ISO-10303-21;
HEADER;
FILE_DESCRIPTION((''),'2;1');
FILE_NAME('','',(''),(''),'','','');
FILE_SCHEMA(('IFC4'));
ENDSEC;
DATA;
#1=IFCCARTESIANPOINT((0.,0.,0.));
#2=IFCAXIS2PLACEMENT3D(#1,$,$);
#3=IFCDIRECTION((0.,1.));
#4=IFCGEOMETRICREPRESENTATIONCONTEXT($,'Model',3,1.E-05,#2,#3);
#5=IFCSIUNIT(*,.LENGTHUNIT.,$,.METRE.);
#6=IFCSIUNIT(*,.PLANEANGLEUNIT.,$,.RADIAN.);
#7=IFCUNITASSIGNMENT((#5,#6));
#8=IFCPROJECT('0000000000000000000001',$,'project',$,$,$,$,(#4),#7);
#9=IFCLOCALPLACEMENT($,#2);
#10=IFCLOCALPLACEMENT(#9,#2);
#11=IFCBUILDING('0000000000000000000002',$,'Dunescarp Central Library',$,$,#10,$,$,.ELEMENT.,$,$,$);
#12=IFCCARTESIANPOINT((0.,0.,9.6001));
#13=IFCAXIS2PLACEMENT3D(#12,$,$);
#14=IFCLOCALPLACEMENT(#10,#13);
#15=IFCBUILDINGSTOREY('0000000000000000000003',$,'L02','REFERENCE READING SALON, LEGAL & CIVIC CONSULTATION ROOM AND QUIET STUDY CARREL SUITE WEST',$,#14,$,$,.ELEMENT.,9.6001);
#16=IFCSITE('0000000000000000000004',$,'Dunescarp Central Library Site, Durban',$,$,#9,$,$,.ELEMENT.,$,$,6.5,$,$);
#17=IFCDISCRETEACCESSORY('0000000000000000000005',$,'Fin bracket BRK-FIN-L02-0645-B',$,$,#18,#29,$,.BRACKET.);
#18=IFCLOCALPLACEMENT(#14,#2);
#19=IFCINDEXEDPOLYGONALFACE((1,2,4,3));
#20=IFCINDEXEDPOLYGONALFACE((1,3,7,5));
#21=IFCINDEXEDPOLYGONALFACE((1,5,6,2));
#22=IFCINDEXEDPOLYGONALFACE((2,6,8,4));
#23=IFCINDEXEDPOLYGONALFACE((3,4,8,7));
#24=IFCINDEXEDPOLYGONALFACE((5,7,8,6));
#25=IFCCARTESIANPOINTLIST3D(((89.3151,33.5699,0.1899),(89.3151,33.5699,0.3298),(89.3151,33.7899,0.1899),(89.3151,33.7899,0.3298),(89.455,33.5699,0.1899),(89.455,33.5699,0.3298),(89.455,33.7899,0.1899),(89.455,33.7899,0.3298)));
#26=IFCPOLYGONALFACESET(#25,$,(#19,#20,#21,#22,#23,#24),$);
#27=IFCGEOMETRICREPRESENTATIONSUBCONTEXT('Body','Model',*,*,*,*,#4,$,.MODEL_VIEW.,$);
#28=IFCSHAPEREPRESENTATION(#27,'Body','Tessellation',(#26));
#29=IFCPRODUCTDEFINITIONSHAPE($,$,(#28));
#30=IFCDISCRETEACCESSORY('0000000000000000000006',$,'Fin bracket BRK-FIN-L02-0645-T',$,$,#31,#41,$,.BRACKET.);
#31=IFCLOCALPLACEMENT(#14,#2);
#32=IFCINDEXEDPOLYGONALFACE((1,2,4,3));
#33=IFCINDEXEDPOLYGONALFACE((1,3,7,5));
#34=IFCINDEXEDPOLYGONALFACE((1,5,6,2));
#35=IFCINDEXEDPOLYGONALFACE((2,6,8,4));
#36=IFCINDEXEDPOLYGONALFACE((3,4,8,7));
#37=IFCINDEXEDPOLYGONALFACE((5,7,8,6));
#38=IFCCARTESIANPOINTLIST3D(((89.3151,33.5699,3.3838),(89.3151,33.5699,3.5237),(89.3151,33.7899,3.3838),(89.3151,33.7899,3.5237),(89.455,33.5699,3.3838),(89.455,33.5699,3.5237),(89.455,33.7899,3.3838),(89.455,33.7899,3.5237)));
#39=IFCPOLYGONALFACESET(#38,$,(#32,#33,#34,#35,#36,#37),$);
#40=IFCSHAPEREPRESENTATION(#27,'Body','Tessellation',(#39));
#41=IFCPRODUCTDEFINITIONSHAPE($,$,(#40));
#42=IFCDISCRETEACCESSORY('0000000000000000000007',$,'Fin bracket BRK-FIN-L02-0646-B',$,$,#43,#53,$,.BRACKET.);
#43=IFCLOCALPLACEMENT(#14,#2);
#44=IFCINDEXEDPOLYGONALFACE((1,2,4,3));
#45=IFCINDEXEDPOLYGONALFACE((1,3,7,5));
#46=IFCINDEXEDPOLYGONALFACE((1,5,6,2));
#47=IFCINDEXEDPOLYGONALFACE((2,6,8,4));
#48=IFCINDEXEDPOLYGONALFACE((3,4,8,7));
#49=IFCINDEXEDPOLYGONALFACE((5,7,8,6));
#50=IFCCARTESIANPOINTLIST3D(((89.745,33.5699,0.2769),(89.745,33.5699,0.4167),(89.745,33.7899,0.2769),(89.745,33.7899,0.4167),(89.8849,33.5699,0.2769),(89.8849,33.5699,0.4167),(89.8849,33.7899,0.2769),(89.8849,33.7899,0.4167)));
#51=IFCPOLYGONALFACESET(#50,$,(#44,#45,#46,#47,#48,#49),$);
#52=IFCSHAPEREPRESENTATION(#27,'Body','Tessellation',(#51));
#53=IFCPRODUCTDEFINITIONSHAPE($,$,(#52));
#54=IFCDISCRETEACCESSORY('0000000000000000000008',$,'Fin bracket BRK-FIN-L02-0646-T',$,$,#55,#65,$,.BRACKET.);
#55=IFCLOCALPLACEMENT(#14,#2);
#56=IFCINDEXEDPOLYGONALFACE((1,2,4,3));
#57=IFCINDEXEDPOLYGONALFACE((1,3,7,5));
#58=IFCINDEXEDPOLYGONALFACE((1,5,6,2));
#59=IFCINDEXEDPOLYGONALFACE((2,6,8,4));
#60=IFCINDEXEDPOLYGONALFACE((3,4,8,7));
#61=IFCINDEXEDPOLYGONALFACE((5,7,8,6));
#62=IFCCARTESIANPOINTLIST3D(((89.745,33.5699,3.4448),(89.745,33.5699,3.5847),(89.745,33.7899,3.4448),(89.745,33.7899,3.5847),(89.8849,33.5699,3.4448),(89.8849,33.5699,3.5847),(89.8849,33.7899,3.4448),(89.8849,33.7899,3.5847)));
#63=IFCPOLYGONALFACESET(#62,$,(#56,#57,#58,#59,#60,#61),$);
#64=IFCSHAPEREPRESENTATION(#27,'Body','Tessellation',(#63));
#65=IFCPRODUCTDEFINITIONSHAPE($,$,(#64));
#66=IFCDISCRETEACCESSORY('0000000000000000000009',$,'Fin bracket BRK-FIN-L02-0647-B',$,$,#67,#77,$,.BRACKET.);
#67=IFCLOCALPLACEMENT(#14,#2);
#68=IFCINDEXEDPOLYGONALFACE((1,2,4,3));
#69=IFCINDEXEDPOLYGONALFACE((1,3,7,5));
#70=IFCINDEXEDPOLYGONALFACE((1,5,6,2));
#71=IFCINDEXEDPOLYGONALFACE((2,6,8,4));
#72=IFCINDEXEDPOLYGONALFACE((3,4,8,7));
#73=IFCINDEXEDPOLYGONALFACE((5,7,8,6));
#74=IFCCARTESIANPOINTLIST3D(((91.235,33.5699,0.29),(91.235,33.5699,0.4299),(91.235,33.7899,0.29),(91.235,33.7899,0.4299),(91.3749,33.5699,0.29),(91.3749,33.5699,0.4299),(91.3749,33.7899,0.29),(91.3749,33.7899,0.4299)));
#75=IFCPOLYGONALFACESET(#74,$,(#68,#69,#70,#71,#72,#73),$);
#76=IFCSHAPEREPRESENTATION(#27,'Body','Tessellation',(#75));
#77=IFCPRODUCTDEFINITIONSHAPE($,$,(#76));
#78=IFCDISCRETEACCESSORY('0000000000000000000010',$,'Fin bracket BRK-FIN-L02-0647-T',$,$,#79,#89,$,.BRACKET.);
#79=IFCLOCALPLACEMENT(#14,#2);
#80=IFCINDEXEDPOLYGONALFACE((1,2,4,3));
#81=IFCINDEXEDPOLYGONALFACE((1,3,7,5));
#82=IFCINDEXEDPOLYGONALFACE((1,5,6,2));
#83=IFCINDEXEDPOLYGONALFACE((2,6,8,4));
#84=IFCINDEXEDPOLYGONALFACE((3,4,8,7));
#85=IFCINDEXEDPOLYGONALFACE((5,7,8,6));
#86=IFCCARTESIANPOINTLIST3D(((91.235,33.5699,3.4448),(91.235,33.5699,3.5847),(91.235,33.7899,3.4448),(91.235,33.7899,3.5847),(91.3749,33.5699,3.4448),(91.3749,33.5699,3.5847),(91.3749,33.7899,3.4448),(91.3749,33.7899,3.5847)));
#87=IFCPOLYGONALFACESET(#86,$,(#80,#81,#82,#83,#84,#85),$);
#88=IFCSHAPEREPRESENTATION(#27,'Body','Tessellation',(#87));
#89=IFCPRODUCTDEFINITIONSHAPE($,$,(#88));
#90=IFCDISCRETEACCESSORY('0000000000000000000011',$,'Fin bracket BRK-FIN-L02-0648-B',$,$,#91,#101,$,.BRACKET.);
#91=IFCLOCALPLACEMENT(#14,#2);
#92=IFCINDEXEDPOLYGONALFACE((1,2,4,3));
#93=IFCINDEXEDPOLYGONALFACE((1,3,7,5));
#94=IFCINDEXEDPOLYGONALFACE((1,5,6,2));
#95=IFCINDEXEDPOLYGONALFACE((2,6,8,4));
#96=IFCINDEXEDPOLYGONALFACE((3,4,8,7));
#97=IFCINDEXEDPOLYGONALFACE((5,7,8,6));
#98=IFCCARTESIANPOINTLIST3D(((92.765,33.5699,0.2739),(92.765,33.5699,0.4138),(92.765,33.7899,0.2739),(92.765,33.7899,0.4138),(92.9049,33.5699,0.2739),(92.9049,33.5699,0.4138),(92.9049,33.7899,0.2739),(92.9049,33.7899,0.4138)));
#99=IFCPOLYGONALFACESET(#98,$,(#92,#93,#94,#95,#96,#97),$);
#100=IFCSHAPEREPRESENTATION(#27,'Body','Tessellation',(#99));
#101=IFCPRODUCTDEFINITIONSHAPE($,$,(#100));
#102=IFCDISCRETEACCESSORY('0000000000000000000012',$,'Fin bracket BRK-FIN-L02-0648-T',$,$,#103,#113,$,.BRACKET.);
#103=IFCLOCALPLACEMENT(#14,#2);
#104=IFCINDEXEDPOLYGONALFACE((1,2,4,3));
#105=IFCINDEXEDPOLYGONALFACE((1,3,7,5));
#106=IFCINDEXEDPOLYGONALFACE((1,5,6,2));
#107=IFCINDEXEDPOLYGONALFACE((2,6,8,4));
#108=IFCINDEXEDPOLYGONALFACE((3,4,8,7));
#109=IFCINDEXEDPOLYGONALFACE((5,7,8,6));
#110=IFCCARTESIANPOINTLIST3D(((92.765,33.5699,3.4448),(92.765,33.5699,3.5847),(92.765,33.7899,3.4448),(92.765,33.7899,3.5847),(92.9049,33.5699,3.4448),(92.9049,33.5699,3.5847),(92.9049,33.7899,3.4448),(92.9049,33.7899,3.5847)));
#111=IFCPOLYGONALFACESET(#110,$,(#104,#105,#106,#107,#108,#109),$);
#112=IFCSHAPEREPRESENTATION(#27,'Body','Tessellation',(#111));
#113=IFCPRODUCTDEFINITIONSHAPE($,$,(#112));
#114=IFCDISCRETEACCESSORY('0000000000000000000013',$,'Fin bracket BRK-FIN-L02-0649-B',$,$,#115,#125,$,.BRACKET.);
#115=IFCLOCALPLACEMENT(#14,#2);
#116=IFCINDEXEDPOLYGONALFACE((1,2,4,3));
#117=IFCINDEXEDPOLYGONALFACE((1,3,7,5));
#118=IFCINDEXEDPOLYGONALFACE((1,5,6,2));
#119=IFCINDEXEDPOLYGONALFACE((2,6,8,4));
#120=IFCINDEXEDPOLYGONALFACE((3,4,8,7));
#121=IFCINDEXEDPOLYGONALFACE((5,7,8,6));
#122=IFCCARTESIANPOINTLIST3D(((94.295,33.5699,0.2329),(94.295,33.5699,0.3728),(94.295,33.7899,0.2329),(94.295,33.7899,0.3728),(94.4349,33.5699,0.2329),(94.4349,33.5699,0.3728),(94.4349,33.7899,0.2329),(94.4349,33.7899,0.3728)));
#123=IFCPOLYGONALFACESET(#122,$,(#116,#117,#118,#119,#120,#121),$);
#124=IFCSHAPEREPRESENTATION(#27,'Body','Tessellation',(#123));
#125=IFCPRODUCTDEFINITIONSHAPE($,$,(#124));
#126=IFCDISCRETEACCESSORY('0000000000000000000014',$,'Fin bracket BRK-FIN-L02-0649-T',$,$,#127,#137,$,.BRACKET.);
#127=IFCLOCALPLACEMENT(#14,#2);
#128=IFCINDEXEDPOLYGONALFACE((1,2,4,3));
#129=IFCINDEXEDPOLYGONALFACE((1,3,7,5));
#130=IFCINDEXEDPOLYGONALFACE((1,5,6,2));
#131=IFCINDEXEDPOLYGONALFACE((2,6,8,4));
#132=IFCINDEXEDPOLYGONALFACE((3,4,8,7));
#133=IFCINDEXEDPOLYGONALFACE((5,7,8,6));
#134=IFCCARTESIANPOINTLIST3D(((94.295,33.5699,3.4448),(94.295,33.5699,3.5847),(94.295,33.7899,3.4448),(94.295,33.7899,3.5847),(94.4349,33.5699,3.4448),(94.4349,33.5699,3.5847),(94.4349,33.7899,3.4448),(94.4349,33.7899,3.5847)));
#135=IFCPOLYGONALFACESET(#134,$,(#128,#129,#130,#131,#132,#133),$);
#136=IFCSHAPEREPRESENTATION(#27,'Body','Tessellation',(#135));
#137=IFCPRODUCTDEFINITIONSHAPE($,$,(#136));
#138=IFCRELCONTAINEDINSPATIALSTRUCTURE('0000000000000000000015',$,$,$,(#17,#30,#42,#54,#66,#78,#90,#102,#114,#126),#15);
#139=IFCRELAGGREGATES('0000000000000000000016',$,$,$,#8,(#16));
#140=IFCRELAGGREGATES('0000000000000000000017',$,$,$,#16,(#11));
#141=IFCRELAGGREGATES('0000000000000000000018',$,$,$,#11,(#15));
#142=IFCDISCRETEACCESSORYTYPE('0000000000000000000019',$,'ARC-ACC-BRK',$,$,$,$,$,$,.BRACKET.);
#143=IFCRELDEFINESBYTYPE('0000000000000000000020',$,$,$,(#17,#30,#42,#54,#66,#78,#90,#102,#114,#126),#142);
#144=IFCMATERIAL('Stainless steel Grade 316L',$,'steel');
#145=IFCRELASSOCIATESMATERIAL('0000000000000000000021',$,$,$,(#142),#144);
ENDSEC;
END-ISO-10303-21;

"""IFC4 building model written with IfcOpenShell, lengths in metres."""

from ifc_helpers import new_model, si_unit, direction, frame, origin, origin_2d, place, context, subcontext, project, spatial, rectangle, extrude, material, type_object, element, save


model = new_model("IFC4")

# Units and contexts
model_context = context("Model", 3, precision=1e-05, world=origin(), true_north=direction((0.0, 1.0)))
body_context = subcontext(model_context, "Body", "Model", "MODEL_VIEW")
ifc_project = project(units=[si_unit("LENGTHUNIT", "METRE"), si_unit("PLANEANGLEUNIT", "RADIAN")], contexts=[model_context])

# Site, building, storey
site_placement = place(None, origin())
site = spatial("IfcSite", under=ifc_project, at=site_placement, Name="Dunescarp Central Library Site, Durban", CompositionType="ELEMENT", RefElevation=6.5)
building_placement = place(site_placement, origin())
building = spatial("IfcBuilding", under=site, at=building_placement, Name="Dunescarp Central Library", CompositionType="ELEMENT")
storey_placement = place(building_placement, frame((0.0, 0.0, 9.6001)))
storey = spatial("IfcBuildingStorey", under=building, at=storey_placement, Name="L02", Description="REFERENCE READING SALON, LEGAL & CIVIC CONSULTATION ROOM AND QUIET STUDY CARREL SUITE WEST", CompositionType="ELEMENT", Elevation=9.6001)

# Discrete accessories
ifc_material_1 = material(Name="Stainless steel Grade 316L", Category="steel")
discrete_accessory_type = type_object("IfcDiscreteAccessoryType", Name="ARC-ACC-BRK", PredefinedType="BRACKET", material=ifc_material_1)
for number, where, z_axis, x_axis, name in (
    (1, (89.385, 33.6799, 0.1899), (0.0, 0.0, 1.0), (0.0, 1.0, 0.0), "Fin bracket BRK-FIN-L02-0645-B"),
    (2, (89.385, 33.6799, 3.3838), (0.0, 0.0, 1.0), (0.0, 1.0, 0.0), "Fin bracket BRK-FIN-L02-0645-T"),
    (3, (89.8149, 33.6799, 0.2769), (0.0, 0.0, 1.0), (0.0, 1.0, 0.0), "Fin bracket BRK-FIN-L02-0646-B"),
    (4, (89.8149, 33.6799, 3.4448), (0.0, 0.0, 1.0), (0.0, 1.0, 0.0), "Fin bracket BRK-FIN-L02-0646-T"),
    (5, (91.3049, 33.6799, 0.29), (0.0, 0.0, 1.0), (0.0, 1.0, 0.0), "Fin bracket BRK-FIN-L02-0647-B"),
    (6, (91.3049, 33.6799, 3.4448), (0.0, 0.0, 1.0), (0.0, 1.0, 0.0), "Fin bracket BRK-FIN-L02-0647-T"),
    (7, (92.835, 33.6799, 0.2739), (0.0, 0.0, 1.0), (0.0, 1.0, 0.0), "Fin bracket BRK-FIN-L02-0648-B"),
    (8, (92.835, 33.6799, 3.4448), (0.0, 0.0, 1.0), (0.0, 1.0, 0.0), "Fin bracket BRK-FIN-L02-0648-T"),
    (9, (94.365, 33.6799, 0.2329), (0.0, 0.0, 1.0), (0.0, 1.0, 0.0), "Fin bracket BRK-FIN-L02-0649-B"),
    (10, (94.365, 33.6799, 3.4448), (0.0, 0.0, 1.0), (0.0, 1.0, 0.0), "Fin bracket BRK-FIN-L02-0649-T"),
):
    element("IfcDiscreteAccessory", number, at=place(storey_placement, frame(where, z_axis=z_axis, x_axis=x_axis)), inside=storey, type_object=discrete_accessory_type, Name=name, PredefinedType="BRACKET", context=body_context, shape_type="SweptSolid", body=[
        extrude(rectangle(XDim=0.22, YDim=0.1399, at=origin_2d()), origin(), (0.0, 0.0, 1.0), 0.1399),
    ])

save(model, "model.ifc")
